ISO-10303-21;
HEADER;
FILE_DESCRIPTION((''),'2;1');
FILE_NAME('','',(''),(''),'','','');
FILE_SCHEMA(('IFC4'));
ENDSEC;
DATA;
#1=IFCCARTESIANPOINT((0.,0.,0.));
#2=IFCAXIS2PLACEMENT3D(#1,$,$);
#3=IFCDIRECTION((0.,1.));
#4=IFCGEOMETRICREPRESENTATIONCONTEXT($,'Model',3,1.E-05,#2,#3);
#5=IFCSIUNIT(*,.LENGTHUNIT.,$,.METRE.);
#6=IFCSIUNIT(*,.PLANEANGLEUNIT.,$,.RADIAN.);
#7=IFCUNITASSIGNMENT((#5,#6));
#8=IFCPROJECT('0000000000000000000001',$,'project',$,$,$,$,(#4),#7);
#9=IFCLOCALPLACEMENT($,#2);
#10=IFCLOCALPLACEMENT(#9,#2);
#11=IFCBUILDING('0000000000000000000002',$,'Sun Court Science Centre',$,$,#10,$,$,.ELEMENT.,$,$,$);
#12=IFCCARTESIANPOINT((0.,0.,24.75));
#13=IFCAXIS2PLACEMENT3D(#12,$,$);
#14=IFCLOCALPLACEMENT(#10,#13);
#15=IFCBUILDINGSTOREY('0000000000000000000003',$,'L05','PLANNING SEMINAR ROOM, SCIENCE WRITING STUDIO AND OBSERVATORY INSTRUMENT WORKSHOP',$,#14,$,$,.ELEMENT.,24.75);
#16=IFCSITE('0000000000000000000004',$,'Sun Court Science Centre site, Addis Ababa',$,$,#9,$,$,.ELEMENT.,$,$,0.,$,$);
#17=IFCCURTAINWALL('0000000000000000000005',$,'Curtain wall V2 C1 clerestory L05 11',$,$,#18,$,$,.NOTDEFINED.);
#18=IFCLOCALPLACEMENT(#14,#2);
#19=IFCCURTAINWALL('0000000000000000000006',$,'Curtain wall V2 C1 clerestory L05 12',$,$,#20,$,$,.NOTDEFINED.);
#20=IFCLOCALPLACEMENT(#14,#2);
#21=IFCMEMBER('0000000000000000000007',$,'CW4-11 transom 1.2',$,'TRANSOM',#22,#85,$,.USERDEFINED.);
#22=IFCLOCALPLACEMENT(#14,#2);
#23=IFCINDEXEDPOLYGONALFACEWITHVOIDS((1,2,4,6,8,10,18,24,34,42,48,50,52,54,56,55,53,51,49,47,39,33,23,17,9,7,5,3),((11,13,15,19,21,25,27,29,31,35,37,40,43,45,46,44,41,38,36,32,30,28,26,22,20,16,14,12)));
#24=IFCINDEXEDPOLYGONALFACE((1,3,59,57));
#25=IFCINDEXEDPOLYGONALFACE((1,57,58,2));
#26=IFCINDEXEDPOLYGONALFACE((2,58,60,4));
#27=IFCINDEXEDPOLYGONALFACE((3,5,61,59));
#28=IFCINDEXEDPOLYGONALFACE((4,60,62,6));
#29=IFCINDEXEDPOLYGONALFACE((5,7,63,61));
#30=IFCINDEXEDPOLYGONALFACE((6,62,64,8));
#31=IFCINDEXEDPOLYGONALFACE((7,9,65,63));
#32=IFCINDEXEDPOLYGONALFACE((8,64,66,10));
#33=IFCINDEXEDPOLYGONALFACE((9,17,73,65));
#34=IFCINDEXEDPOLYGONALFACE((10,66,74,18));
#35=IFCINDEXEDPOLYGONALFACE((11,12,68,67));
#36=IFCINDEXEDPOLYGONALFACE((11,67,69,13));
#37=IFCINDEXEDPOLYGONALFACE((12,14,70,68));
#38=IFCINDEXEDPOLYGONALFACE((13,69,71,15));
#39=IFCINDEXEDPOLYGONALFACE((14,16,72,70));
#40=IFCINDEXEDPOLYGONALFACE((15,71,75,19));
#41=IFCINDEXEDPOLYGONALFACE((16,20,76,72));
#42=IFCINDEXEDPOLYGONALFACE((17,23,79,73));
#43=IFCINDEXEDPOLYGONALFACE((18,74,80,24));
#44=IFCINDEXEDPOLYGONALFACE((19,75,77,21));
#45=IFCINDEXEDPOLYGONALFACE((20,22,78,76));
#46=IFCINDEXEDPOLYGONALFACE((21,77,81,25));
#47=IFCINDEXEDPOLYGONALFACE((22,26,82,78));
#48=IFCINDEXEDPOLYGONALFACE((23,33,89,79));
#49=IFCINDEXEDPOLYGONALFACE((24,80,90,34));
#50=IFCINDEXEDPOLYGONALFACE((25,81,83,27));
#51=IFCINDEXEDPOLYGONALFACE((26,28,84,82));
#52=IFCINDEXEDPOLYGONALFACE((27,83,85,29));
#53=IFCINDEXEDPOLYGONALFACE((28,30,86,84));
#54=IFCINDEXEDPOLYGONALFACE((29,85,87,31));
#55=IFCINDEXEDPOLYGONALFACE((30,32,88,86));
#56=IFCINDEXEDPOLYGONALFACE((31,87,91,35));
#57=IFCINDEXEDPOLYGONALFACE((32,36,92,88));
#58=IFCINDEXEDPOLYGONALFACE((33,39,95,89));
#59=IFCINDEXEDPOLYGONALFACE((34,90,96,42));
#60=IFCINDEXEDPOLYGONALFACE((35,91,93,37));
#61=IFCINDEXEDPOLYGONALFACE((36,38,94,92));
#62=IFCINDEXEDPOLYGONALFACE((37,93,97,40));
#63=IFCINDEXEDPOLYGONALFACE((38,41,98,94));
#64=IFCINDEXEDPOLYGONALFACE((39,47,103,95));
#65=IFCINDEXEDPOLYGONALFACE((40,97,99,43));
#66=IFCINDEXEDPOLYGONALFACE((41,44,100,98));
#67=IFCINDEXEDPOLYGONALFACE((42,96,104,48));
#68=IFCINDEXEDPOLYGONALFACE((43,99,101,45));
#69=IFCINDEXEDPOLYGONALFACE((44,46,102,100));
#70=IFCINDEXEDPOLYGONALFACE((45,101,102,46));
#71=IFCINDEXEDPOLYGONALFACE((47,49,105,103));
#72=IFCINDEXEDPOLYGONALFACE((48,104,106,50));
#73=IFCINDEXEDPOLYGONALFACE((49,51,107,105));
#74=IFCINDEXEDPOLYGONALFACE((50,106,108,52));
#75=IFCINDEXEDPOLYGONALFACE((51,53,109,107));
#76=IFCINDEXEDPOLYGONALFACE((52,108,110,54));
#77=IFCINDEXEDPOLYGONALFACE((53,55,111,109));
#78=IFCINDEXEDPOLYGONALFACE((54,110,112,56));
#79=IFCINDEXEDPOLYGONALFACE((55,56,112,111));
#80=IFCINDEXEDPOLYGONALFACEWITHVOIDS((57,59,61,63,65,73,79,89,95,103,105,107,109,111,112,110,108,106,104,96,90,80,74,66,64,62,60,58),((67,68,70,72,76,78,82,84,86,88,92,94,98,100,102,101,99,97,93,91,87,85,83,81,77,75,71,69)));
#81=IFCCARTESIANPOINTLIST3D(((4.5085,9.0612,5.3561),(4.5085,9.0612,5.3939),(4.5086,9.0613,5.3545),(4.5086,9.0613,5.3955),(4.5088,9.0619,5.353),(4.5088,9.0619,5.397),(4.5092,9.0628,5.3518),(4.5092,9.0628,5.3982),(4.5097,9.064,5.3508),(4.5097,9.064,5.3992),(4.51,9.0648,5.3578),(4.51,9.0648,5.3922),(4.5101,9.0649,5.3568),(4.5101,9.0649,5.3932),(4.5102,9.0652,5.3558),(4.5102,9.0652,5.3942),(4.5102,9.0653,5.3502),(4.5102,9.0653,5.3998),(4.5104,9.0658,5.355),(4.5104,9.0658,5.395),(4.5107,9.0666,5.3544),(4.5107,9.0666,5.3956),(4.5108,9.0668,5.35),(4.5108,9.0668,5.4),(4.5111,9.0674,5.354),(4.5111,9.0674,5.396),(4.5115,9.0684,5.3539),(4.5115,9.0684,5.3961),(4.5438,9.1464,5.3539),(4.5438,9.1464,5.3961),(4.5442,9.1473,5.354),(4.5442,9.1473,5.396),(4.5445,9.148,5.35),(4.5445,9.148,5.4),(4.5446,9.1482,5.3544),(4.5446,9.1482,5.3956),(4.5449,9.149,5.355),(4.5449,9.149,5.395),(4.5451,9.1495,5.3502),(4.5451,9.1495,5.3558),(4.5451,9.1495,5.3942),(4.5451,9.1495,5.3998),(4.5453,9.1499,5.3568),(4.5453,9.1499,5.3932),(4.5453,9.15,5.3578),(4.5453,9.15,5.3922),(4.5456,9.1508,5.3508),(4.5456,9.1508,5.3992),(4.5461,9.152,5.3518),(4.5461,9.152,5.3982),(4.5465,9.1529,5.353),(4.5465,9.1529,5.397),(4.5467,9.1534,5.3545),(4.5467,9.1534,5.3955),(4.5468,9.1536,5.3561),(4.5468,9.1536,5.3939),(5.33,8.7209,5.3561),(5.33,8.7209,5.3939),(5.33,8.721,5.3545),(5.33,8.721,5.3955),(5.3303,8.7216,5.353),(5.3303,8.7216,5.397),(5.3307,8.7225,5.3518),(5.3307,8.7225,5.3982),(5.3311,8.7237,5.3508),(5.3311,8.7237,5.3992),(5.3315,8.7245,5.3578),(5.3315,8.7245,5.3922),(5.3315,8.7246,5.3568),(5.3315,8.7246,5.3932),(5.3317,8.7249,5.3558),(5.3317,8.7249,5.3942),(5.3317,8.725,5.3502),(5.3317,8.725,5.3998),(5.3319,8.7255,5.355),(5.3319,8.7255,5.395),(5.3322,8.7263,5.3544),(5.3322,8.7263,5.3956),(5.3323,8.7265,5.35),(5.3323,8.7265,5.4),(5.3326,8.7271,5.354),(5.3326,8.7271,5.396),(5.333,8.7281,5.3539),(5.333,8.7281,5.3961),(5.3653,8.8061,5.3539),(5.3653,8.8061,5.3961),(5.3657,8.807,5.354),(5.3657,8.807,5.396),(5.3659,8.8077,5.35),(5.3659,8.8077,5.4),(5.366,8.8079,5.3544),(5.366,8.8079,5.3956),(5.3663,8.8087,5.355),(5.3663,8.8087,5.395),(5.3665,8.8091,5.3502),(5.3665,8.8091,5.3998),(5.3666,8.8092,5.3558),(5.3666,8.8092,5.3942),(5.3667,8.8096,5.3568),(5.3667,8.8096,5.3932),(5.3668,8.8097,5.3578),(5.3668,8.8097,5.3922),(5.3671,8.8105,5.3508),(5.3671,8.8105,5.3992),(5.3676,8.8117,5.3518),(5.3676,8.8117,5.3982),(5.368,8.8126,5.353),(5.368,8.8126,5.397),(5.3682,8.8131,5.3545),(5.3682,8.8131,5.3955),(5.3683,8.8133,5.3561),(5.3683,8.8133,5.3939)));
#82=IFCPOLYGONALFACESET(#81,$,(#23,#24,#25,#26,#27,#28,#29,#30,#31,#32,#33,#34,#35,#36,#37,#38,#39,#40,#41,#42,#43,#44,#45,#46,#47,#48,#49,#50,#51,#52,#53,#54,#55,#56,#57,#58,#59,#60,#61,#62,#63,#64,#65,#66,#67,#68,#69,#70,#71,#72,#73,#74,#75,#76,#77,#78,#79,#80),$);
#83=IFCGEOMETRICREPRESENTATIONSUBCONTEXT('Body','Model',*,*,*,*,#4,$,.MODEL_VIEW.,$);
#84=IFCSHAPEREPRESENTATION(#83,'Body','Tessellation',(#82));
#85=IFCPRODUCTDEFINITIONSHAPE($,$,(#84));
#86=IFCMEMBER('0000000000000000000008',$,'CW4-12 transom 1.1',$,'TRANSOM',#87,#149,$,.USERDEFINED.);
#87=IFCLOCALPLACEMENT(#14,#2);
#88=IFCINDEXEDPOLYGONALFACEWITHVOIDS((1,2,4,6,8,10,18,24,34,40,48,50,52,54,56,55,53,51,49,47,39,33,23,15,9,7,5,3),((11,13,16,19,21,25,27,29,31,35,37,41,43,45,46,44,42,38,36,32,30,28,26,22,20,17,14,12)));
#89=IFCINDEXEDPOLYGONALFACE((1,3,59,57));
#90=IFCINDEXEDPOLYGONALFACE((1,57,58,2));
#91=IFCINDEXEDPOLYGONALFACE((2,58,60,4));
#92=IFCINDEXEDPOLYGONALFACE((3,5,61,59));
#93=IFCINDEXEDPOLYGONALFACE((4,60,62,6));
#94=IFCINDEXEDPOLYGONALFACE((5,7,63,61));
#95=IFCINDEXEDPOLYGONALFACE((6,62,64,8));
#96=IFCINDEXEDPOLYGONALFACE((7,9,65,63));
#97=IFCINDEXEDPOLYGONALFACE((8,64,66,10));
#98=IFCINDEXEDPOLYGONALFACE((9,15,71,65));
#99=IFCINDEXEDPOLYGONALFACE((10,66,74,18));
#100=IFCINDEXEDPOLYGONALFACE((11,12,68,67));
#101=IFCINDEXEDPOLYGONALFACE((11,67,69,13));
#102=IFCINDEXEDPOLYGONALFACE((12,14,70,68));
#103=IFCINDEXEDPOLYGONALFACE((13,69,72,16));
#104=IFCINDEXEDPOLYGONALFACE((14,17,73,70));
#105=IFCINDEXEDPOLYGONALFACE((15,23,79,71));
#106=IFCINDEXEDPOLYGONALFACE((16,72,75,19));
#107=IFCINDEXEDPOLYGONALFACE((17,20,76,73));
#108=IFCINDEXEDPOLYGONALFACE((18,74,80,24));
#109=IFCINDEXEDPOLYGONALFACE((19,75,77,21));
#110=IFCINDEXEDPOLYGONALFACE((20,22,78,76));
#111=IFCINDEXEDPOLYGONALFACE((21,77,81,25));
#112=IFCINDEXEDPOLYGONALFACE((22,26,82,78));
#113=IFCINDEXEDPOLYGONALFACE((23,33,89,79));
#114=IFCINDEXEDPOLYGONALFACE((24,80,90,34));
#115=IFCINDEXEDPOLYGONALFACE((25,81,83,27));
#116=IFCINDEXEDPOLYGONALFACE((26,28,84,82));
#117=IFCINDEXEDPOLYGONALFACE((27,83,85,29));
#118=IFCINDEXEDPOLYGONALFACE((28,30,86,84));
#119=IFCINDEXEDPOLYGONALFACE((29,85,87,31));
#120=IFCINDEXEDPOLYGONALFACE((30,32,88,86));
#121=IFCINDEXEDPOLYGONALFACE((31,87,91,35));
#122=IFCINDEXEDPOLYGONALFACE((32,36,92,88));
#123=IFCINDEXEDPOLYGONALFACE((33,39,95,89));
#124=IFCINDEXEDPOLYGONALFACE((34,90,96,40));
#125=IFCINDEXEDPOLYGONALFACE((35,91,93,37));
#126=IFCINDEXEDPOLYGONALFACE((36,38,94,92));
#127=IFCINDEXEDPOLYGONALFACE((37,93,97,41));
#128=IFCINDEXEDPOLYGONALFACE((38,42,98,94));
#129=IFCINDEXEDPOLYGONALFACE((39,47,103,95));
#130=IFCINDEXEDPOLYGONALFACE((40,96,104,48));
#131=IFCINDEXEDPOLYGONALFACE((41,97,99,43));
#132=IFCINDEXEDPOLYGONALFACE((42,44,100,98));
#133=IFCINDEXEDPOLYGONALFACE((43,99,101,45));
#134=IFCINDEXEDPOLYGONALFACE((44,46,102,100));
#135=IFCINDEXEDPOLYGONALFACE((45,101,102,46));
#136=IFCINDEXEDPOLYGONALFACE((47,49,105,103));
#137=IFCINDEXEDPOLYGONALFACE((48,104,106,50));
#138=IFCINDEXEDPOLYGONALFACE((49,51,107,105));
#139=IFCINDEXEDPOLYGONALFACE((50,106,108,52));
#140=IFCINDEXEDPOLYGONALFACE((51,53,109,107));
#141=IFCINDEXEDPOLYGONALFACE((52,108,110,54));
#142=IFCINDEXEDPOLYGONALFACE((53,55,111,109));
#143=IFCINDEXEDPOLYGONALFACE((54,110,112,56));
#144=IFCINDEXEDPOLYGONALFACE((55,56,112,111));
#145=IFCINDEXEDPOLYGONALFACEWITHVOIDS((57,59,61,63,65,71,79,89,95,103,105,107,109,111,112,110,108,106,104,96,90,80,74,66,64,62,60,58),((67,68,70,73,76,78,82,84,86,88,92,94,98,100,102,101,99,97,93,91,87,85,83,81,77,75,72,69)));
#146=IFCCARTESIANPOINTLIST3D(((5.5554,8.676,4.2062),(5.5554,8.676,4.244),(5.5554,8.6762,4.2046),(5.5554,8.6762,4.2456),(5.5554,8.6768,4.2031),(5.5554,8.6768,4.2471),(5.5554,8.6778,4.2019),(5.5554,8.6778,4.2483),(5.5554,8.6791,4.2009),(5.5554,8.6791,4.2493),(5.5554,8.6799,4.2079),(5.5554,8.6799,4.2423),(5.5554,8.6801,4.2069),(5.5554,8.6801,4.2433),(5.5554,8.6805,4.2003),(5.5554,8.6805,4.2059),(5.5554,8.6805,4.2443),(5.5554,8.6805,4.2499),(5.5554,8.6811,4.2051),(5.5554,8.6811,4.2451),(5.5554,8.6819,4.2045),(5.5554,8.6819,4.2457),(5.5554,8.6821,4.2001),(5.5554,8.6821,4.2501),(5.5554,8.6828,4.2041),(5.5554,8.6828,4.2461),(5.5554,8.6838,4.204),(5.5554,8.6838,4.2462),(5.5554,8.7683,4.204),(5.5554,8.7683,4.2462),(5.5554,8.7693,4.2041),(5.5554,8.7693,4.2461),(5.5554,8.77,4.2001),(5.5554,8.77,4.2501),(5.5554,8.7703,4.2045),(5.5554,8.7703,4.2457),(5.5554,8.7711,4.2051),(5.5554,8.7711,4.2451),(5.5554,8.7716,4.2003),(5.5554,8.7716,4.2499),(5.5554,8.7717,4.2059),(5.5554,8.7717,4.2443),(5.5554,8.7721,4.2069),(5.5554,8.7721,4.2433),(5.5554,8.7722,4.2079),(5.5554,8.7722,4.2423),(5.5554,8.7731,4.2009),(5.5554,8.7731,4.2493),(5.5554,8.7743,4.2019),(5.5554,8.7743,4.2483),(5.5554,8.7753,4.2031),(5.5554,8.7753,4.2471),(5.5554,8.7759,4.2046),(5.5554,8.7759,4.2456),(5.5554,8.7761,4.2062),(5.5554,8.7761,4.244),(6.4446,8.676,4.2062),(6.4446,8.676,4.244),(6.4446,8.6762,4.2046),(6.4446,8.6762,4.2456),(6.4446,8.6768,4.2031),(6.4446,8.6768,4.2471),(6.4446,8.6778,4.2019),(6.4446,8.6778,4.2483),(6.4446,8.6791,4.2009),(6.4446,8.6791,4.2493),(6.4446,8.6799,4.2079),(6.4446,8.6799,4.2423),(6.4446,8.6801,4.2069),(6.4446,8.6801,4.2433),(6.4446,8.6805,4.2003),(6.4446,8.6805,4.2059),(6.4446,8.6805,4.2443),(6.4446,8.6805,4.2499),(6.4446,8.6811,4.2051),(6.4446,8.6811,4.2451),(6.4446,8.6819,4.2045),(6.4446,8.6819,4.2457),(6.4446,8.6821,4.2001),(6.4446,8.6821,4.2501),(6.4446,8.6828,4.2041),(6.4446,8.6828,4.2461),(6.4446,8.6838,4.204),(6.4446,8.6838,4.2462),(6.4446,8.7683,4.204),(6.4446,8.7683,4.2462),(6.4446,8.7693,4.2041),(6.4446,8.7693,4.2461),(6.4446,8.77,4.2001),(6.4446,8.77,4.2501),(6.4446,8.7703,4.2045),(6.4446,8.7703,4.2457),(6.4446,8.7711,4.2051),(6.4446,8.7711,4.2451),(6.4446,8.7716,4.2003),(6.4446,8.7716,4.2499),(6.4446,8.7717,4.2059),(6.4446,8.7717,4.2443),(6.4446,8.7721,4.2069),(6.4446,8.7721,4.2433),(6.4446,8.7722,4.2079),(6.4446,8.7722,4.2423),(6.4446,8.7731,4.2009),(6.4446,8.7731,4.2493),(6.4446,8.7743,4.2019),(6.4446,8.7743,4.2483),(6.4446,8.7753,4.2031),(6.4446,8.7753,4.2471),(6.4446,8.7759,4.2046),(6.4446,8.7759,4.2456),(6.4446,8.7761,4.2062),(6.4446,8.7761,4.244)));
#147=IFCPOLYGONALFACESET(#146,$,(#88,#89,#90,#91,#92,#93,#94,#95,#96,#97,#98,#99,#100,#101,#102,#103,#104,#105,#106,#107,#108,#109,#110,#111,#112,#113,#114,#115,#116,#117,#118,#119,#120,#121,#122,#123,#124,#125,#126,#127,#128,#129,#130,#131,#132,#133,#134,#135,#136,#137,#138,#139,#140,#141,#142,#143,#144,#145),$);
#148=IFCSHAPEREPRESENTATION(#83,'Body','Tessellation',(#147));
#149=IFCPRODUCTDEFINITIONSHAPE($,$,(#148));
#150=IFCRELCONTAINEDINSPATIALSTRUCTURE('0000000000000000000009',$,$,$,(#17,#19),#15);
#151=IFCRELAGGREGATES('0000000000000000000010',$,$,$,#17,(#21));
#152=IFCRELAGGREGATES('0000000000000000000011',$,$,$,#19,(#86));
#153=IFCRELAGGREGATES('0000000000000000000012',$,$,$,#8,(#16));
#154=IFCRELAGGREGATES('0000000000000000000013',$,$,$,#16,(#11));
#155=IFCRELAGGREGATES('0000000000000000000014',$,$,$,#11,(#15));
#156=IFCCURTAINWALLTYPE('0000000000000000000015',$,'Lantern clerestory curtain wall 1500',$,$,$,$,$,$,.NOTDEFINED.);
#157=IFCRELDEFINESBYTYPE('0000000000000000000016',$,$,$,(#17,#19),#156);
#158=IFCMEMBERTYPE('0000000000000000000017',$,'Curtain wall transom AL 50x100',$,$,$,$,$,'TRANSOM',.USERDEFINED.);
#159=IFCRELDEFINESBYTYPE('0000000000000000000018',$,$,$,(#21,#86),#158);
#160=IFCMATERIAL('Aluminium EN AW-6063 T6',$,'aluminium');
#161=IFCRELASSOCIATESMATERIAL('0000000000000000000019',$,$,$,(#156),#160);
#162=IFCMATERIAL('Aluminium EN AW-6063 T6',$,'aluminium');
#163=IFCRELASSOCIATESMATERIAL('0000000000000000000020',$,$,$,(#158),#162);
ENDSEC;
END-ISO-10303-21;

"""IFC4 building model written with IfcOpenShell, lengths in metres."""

from ifc_helpers import new_model, si_unit, direction, frame, origin, origin_2d, place, context, subcontext, project, spatial, hollow_rectangle, extrude, material, material_profile, profile_set, type_object, element, aggregate, save


model = new_model("IFC4")

# Units and contexts
model_context = context("Model", 3, precision=1e-05, world=origin(), true_north=direction((0.0, 1.0)))
body_context = subcontext(model_context, "Body", "Model", "MODEL_VIEW")
ifc_project = project(units=[si_unit("LENGTHUNIT", "METRE"), si_unit("PLANEANGLEUNIT", "RADIAN")], contexts=[model_context])

# Site, building, storey
site_placement = place(None, origin())
site = spatial("IfcSite", under=ifc_project, at=site_placement, Name="Sun Court Science Centre site, Addis Ababa", CompositionType="ELEMENT", RefElevation=0.0)
building_placement = place(site_placement, origin())
building = spatial("IfcBuilding", under=site, at=building_placement, Name="Sun Court Science Centre", CompositionType="ELEMENT")
storey_placement = place(building_placement, frame((0.0, 0.0, 24.75)))
storey = spatial("IfcBuildingStorey", under=building, at=storey_placement, Name="L05", Description="PLANNING SEMINAR ROOM, SCIENCE WRITING STUDIO AND OBSERVATORY INSTRUMENT WORKSHOP", CompositionType="ELEMENT", Elevation=24.75)

# Curtain walls
ifc_material_1 = material(Name="Aluminium EN AW-6063 T6", Category="aluminium")
curtain_wall_type = type_object("IfcCurtainWallType", Name="Lantern clerestory curtain wall 1500", PredefinedType="NOTDEFINED", material=ifc_material_1)
curtain_wall_1_placement = place(storey_placement, origin())
curtain_wall_1 = element("IfcCurtainWall", 1, at=curtain_wall_1_placement, inside=storey, type_object=curtain_wall_type, Name="Curtain wall V2 C1 clerestory L05 11", PredefinedType="NOTDEFINED")
curtain_wall_2_placement = place(storey_placement, origin())
curtain_wall_2 = element("IfcCurtainWall", 2, at=curtain_wall_2_placement, inside=storey, type_object=curtain_wall_type, Name="Curtain wall V2 C1 clerestory L05 12", PredefinedType="NOTDEFINED")

# Shared definitions
ifc_material_2 = material(Name="Aluminium EN AW-6063 T6", Category="aluminium")
ifc_material_profile_1 = material_profile(ifc_material_2, hollow_rectangle(XDim=0.05, YDim=0.1001, WallThickness=0.0039, InnerFilletRadius=0.0039, OuterFilletRadius=0.0061, at=origin_2d()), Name="AL 50x100x4")
ifc_profile_set_1 = profile_set([ifc_material_profile_1], Name="Aluminium EN AW-6063 T6")
member_type_1 = type_object("IfcMemberType", Name="Curtain wall transom AL 50x100", ElementType="TRANSOM", PredefinedType="USERDEFINED", material=ifc_profile_set_1)

# Members
member_1_placement = place(storey_placement, frame((5.3491, 8.7671, 5.375), z_axis=(-0.923863, 0.382724, 0.0), x_axis=(0.0, 0.0, 1.0)))
member_1 = element("IfcMember", 3, at=member_1_placement, type_object=member_type_1, Name="CW4-11 transom 1.2", ObjectType="TRANSOM", PredefinedType="USERDEFINED", context=body_context, shape_type="SweptSolid", body=[
    extrude(hollow_rectangle(XDim=0.05, YDim=0.1001, WallThickness=0.0039, InnerFilletRadius=0.0039, OuterFilletRadius=0.0061, at=origin_2d()), origin(), (0.0, 0.0, 1.0), 0.8892),
])
member_2_placement = place(storey_placement, frame((6.4446, 8.7261, 4.2251), z_axis=(-1.0, 0.0, 0.0), x_axis=(0.0, 0.0, 1.0)))
member_2 = element("IfcMember", 4, at=member_2_placement, type_object=member_type_1, Name="CW4-12 transom 1.1", ObjectType="TRANSOM", PredefinedType="USERDEFINED", context=body_context, shape_type="SweptSolid", body=[
    extrude(hollow_rectangle(XDim=0.05, YDim=0.1001, WallThickness=0.0039, InnerFilletRadius=0.0039, OuterFilletRadius=0.0061, at=origin_2d()), origin(), (0.0, 0.0, 1.0), 0.8892),
])

aggregate(curtain_wall_1, [member_1])
aggregate(curtain_wall_2, [member_2])

save(model, "model.ifc")
